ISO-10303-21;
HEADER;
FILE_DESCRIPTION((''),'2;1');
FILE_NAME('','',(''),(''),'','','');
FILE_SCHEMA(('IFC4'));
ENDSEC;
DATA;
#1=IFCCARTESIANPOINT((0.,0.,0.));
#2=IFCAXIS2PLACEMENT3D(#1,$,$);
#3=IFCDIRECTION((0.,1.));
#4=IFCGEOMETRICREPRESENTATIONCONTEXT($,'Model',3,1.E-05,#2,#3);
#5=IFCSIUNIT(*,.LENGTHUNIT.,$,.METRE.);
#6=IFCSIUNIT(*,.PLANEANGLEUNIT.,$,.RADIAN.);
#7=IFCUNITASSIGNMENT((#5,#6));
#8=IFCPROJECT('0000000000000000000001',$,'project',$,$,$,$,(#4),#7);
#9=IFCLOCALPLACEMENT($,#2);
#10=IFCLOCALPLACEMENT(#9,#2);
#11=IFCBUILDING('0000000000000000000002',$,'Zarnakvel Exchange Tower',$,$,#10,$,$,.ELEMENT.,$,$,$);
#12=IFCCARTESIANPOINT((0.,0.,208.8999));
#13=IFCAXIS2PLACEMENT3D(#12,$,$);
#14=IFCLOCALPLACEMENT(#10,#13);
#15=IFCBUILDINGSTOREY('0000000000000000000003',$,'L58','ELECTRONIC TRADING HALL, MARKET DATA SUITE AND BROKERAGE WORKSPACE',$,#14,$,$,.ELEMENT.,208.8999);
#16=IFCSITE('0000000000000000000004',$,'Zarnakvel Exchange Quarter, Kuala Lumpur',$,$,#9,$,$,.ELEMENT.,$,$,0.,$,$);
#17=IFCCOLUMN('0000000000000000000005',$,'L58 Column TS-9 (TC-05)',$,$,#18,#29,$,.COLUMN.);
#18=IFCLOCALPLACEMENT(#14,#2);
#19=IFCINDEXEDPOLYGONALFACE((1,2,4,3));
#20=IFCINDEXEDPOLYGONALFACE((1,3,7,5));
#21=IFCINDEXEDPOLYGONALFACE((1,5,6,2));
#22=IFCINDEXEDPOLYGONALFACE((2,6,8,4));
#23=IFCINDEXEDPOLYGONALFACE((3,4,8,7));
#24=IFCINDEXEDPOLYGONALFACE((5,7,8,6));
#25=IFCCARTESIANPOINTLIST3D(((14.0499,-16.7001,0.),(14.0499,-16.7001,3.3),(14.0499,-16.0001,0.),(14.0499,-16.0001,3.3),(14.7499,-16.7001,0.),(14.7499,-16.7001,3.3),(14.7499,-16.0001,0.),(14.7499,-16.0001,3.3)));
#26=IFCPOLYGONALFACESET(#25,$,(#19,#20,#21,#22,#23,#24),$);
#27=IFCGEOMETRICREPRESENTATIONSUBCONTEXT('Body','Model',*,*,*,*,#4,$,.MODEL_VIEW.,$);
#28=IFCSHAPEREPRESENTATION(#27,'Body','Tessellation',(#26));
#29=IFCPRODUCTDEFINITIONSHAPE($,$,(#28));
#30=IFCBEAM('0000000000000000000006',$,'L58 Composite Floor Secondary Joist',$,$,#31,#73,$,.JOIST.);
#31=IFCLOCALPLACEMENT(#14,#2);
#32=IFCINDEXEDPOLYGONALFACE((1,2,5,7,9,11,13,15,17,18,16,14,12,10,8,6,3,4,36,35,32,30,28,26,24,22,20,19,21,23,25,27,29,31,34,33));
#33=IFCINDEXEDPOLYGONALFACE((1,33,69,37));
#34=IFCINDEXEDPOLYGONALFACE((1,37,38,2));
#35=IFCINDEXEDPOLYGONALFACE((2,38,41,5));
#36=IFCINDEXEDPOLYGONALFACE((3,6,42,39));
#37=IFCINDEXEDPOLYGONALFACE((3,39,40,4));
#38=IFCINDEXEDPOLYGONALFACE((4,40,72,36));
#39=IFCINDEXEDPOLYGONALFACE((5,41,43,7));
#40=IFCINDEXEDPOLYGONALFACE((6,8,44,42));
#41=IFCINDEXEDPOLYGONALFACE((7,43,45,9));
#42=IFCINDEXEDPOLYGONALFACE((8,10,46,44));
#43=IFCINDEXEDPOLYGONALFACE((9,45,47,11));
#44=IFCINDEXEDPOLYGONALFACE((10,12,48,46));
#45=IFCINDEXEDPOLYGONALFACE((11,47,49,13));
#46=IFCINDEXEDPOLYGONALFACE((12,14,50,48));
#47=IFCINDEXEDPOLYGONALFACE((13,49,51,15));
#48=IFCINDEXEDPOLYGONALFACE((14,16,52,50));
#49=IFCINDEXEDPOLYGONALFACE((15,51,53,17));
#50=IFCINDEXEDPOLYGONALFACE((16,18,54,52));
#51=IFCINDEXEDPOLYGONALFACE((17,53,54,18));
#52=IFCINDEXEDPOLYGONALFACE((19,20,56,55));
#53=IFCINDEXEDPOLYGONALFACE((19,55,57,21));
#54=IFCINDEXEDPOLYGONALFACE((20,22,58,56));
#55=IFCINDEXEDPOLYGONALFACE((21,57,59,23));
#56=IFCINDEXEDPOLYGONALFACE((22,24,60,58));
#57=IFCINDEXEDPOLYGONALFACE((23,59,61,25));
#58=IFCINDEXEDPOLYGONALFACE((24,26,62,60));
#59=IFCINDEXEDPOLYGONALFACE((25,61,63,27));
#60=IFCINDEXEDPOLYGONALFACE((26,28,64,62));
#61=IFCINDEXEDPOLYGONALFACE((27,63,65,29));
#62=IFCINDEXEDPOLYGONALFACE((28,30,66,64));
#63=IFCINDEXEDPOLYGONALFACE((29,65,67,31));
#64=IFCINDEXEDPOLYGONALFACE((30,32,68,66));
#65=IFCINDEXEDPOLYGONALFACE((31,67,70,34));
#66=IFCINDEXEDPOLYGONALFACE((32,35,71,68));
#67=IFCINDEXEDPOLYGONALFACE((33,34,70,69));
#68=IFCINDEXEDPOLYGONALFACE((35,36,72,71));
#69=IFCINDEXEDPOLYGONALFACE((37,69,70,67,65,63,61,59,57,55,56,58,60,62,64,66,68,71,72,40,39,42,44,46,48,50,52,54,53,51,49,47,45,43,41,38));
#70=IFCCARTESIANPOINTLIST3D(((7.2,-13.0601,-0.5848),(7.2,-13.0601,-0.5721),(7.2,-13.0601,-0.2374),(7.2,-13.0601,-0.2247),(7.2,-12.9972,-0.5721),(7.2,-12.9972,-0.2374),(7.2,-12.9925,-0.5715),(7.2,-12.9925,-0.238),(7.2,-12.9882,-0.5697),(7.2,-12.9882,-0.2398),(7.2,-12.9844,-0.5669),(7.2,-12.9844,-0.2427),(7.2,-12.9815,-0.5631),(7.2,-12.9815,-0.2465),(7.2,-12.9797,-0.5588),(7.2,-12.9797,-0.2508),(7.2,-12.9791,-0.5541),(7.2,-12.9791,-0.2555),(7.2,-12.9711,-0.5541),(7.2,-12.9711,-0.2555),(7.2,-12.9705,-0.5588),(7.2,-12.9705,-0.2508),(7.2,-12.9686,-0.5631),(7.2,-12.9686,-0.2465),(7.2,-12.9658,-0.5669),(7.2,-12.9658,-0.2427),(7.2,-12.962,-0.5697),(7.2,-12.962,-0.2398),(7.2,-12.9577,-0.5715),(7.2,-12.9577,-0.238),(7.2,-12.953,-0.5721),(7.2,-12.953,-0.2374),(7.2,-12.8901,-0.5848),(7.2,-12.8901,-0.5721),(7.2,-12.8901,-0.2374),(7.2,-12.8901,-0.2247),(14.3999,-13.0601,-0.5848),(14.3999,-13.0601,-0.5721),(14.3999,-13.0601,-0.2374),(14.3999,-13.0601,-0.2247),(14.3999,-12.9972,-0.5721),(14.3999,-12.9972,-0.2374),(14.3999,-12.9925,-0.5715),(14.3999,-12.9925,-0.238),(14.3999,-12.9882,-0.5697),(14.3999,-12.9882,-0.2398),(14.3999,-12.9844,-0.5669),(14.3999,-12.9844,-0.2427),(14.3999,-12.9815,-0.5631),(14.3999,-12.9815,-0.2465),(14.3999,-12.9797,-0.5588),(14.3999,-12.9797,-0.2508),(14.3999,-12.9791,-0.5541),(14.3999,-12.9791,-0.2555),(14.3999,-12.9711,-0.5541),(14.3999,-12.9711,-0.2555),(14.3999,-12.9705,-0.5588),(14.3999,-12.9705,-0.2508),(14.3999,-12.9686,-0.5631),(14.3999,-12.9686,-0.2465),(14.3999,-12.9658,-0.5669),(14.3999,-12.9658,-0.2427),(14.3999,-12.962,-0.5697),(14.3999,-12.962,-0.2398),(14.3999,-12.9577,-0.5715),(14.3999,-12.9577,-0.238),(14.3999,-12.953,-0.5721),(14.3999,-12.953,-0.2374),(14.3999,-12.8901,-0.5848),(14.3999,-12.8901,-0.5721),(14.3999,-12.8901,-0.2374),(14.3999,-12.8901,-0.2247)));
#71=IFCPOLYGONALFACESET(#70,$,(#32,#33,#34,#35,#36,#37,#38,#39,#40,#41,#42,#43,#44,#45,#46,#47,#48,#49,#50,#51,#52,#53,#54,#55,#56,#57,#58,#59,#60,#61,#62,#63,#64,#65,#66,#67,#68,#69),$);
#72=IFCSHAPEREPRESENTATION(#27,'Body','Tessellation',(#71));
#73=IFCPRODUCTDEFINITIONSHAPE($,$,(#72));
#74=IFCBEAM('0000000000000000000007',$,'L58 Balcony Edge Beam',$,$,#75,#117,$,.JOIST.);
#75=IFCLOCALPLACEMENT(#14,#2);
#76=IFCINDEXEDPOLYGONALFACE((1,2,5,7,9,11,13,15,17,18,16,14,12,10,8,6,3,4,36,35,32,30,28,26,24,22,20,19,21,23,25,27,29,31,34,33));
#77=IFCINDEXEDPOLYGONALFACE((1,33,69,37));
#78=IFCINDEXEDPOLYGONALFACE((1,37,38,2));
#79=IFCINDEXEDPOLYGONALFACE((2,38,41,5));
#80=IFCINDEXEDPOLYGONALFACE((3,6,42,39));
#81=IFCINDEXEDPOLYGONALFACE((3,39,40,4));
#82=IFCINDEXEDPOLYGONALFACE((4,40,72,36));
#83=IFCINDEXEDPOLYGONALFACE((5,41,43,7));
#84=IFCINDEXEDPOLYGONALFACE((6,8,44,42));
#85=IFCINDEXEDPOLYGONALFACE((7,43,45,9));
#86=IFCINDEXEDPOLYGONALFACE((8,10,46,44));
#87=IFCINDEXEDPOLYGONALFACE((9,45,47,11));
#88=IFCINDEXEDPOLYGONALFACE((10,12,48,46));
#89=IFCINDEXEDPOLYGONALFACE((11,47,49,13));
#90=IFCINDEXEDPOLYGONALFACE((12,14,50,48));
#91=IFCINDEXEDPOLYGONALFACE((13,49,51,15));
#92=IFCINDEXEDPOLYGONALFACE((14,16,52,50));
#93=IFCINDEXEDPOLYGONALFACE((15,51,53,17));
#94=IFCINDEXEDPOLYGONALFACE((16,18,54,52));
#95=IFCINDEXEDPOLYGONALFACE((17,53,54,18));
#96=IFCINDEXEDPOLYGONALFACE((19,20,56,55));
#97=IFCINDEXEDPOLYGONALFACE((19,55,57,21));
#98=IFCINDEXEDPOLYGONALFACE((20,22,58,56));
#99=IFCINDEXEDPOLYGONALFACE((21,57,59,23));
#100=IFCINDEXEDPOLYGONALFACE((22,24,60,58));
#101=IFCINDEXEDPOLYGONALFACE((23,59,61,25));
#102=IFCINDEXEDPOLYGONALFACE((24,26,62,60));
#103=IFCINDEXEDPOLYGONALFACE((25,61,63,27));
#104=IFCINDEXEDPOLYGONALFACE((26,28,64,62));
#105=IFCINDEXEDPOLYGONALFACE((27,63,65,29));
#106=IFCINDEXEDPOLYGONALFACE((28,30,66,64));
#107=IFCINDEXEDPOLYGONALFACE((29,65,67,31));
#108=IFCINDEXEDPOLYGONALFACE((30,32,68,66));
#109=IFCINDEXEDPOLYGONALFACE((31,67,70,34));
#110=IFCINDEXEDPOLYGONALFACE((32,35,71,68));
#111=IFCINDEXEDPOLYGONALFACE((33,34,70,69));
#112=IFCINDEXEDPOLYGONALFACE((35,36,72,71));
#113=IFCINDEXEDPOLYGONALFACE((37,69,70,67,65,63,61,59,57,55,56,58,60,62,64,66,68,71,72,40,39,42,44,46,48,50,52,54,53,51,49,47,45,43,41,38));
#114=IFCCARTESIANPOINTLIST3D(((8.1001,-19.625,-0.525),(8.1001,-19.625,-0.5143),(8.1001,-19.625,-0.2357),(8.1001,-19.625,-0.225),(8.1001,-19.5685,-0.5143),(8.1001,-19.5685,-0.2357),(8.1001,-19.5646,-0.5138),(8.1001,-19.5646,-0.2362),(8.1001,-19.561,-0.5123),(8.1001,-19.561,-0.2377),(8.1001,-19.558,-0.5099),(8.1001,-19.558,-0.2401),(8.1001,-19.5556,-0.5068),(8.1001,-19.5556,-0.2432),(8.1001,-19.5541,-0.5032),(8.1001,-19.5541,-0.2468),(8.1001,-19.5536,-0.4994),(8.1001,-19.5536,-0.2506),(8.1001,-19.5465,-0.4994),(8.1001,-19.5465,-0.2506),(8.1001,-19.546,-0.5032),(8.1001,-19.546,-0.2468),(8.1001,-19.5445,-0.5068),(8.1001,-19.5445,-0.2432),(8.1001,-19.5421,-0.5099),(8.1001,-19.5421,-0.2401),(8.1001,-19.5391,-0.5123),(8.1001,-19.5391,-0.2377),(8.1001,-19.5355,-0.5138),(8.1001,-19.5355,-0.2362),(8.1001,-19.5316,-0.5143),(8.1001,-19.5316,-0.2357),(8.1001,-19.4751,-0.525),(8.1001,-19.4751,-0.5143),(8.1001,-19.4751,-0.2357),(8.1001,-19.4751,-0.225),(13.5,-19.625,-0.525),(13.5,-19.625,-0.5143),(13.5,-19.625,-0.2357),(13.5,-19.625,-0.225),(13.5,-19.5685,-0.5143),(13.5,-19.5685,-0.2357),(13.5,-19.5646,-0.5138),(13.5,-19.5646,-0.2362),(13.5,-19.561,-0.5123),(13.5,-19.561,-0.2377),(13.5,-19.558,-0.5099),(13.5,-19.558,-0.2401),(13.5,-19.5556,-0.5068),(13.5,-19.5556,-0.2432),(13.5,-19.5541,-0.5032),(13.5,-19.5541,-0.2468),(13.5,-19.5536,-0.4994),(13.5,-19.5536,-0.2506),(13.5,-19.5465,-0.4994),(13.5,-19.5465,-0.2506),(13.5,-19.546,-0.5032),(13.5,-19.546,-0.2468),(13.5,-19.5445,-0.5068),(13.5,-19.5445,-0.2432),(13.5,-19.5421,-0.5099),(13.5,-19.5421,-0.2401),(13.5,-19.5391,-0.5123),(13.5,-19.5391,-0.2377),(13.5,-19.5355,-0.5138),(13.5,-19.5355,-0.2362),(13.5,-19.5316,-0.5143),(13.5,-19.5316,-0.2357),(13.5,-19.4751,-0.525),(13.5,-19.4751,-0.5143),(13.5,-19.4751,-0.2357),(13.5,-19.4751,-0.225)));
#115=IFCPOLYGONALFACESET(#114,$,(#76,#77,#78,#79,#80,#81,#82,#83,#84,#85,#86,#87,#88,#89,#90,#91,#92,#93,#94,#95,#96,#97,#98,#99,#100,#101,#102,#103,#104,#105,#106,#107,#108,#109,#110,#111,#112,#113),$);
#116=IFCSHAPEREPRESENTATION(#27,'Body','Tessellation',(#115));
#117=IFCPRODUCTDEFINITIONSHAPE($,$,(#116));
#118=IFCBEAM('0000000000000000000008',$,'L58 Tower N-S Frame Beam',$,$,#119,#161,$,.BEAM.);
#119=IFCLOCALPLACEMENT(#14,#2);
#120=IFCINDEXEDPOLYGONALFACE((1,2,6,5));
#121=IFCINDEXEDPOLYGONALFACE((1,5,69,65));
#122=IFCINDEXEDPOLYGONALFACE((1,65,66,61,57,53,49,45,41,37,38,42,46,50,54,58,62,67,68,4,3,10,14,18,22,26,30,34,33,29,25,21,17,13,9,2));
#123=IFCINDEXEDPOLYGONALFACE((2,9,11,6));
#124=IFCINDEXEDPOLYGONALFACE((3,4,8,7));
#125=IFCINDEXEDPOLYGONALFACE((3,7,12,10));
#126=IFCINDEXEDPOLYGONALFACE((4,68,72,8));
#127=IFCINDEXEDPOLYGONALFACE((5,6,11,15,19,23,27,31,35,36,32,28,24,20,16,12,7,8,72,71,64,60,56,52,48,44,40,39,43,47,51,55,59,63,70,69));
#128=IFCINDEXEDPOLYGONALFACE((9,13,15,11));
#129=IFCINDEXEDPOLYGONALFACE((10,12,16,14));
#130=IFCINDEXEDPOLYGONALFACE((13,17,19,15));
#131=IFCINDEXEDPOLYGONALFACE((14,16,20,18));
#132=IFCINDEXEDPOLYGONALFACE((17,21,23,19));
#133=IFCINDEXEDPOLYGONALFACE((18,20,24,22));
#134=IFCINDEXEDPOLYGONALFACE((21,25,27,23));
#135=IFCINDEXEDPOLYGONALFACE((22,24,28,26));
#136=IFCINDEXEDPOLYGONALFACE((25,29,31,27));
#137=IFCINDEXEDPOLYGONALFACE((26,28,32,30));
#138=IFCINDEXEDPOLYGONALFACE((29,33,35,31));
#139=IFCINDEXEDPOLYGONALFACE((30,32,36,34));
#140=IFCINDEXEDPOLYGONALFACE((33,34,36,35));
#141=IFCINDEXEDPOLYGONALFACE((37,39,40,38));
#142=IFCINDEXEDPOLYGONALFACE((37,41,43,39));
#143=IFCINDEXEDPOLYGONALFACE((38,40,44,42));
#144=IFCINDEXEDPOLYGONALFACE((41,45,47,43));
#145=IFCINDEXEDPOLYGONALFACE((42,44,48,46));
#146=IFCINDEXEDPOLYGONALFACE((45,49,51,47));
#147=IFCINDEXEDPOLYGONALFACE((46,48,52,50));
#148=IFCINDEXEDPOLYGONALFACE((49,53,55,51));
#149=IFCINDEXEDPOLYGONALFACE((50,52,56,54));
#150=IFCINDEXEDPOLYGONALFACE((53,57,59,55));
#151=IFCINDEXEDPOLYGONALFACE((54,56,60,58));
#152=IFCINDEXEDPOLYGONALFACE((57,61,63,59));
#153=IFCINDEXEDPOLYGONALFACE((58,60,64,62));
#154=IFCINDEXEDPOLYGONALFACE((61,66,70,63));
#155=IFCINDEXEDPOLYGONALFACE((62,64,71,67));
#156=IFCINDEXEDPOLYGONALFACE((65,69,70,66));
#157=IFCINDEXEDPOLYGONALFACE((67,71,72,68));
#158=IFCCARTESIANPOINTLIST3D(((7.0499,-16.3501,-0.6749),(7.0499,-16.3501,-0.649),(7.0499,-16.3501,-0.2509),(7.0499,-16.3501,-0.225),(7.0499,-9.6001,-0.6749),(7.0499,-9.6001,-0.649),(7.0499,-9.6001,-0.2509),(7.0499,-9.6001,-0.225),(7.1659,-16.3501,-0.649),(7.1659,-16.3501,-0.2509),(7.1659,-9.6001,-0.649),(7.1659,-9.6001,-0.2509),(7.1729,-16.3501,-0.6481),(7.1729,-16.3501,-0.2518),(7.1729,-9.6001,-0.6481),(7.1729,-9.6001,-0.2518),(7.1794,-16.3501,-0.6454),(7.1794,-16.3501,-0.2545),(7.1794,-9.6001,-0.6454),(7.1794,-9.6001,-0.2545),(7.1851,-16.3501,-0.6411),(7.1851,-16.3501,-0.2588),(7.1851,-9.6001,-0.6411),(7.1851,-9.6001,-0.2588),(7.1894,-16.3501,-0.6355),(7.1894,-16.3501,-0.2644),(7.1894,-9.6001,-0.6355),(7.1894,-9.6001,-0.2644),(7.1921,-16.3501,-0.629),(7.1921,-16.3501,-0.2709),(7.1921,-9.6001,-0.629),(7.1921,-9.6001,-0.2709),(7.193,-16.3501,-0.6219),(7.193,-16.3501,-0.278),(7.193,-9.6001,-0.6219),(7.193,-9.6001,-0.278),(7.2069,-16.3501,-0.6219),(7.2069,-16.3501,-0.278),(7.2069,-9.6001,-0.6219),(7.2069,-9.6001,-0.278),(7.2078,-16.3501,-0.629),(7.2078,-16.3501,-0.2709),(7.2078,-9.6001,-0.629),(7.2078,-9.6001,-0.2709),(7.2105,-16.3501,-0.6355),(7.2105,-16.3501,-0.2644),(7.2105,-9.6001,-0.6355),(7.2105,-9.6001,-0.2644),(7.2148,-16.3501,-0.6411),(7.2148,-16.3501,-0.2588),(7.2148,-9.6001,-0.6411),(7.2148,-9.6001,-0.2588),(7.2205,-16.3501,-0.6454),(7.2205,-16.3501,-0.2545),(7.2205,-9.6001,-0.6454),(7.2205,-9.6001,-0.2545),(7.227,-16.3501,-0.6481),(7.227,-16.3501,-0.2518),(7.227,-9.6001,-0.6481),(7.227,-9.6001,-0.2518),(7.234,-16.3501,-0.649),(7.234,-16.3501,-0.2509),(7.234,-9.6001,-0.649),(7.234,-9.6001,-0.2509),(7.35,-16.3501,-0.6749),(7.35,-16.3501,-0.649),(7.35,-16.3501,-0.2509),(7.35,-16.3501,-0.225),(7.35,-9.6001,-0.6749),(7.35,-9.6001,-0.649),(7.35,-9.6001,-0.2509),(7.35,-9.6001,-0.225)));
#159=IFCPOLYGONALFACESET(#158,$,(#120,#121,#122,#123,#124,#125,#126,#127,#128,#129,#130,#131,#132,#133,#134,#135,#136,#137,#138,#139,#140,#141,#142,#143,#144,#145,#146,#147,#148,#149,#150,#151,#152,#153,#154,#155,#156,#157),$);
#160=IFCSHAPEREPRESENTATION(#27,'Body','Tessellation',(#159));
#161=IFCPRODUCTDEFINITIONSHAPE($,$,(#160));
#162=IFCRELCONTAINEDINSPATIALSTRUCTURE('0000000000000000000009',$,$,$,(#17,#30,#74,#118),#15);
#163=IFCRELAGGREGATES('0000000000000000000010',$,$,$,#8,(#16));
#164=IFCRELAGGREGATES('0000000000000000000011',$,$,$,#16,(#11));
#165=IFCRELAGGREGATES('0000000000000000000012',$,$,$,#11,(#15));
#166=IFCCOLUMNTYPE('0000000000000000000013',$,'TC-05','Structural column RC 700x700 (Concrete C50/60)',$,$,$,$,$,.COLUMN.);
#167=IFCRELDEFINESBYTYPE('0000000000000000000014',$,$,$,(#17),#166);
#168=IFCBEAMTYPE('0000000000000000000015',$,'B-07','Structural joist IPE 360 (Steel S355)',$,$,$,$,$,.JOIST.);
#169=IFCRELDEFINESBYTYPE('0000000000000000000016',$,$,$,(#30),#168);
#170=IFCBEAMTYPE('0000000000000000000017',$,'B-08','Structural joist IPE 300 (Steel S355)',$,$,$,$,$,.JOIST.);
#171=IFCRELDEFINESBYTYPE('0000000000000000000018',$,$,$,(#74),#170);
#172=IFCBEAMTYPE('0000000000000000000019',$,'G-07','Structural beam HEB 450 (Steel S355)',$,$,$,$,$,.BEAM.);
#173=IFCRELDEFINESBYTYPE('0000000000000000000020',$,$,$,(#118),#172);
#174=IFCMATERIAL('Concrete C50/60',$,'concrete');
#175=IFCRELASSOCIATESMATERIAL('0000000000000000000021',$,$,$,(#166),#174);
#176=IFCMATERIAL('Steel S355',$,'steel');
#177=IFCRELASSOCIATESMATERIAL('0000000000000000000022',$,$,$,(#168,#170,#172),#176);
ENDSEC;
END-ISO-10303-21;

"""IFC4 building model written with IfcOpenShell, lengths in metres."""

from ifc_helpers import new_model, si_unit, direction, frame, origin, origin_2d, place, context, subcontext, project, spatial, rectangle, i_section, extrude, material, material_profile, profile_set, type_object, element, save


model = new_model("IFC4")

# Units and contexts
model_context = context("Model", 3, precision=1e-05, world=origin(), true_north=direction((0.0, 1.0)))
body_context = subcontext(model_context, "Body", "Model", "MODEL_VIEW")
ifc_project = project(units=[si_unit("LENGTHUNIT", "METRE"), si_unit("PLANEANGLEUNIT", "RADIAN")], contexts=[model_context])

# Site, building, storey
site_placement = place(None, origin())
site = spatial("IfcSite", under=ifc_project, at=site_placement, Name="Zarnakvel Exchange Quarter, Kuala Lumpur", CompositionType="ELEMENT", RefElevation=0.0)
building_placement = place(site_placement, origin())
building = spatial("IfcBuilding", under=site, at=building_placement, Name="Zarnakvel Exchange Tower", CompositionType="ELEMENT")
storey_placement = place(building_placement, frame((0.0, 0.0, 208.8999)))
storey = spatial("IfcBuildingStorey", under=building, at=storey_placement, Name="L58", Description="ELECTRONIC TRADING HALL, MARKET DATA SUITE AND BROKERAGE WORKSPACE", CompositionType="ELEMENT", Elevation=208.8999)

# Column
ifc_material_1 = material(Name="Concrete C50/60", Category="concrete")
ifc_material_profile_1 = material_profile(ifc_material_1, rectangle(XDim=0.7, YDim=0.7, at=origin_2d()))
ifc_profile_set_1 = profile_set([ifc_material_profile_1], Name="Concrete C50/60")
column_type = type_object("IfcColumnType", Name="TC-05", Description="Structural column RC 700x700 (Concrete C50/60)", PredefinedType="COLUMN", material=ifc_profile_set_1)
column_placement = place(storey_placement, frame((14.3999, -16.3501, 0.0), z_axis=(0.0, 0.0, 1.0), x_axis=(1.0, 0.0, 0.0)))
element("IfcColumn", 1, at=column_placement, inside=storey, type_object=column_type, Name="L58 Column TS-9 (TC-05)", PredefinedType="COLUMN", context=body_context, shape_type="SweptSolid", body=[
    extrude(rectangle(XDim=0.7, YDim=0.7, at=origin_2d()), origin(), (0.0, 0.0, 1.0), 3.3),
])

# Beams
ifc_material_2 = material(Name="Steel S355", Category="steel")
ifc_material_profile_2 = material_profile(ifc_material_2, i_section(OverallWidth=0.1699, OverallDepth=0.3601, WebThickness=0.0081, FlangeThickness=0.0127, FilletRadius=0.0181, at=origin_2d()))
ifc_profile_set_2 = profile_set([ifc_material_profile_2], Name="Steel S355")
beam_type_1 = type_object("IfcBeamType", Name="B-07", Description="Structural joist IPE 360 (Steel S355)", PredefinedType="JOIST", material=ifc_profile_set_2)
beam_1_placement = place(storey_placement, frame((7.2, -12.9751, -0.4048), z_axis=(1.0, 0.0, 0.0), x_axis=(0.0, 1.0, 0.0)))
element("IfcBeam", 2, at=beam_1_placement, inside=storey, type_object=beam_type_1, Name="L58 Composite Floor Secondary Joist", PredefinedType="JOIST", context=body_context, shape_type="SweptSolid", body=[
    extrude(i_section(OverallWidth=0.1699, OverallDepth=0.3601, WebThickness=0.0081, FlangeThickness=0.0127, FilletRadius=0.0181, at=origin_2d()), origin(), (0.0, 0.0, 1.0), 7.2),
])
ifc_material_profile_3 = material_profile(ifc_material_2, i_section(OverallWidth=0.1499, OverallDepth=0.3, WebThickness=0.0071, FlangeThickness=0.0107, FilletRadius=0.0149, at=origin_2d()))
ifc_profile_set_3 = profile_set([ifc_material_profile_3], Name="Steel S355")
beam_type_2 = type_object("IfcBeamType", Name="B-08", Description="Structural joist IPE 300 (Steel S355)", PredefinedType="JOIST", material=ifc_profile_set_3)
beam_2_placement = place(storey_placement, frame((8.1001, -19.55, -0.375), z_axis=(1.0, 0.0, 0.0), x_axis=(0.0, 1.0, 0.0)))
element("IfcBeam", 3, at=beam_2_placement, inside=storey, type_object=beam_type_2, Name="L58 Balcony Edge Beam", PredefinedType="JOIST", context=body_context, shape_type="SweptSolid", body=[
    extrude(i_section(OverallWidth=0.1499, OverallDepth=0.3, WebThickness=0.0071, FlangeThickness=0.0107, FilletRadius=0.0149, at=origin_2d()), origin(), (0.0, 0.0, 1.0), 5.3999),
])
ifc_material_profile_4 = material_profile(ifc_material_2, i_section(OverallWidth=0.3, OverallDepth=0.45, WebThickness=0.0139, FlangeThickness=0.0259, FilletRadius=0.0271, at=origin_2d()))
ifc_profile_set_4 = profile_set([ifc_material_profile_4], Name="Steel S355")
beam_type_3 = type_object("IfcBeamType", Name="G-07", Description="Structural beam HEB 450 (Steel S355)", PredefinedType="BEAM", material=ifc_profile_set_4)
for number, where, z_axis, x_axis, name in (
    (4, (7.2, -16.3501, -0.45), (0.0, 1.0, 0.0), (-1.0, 0.0, 0.0), "L58 Tower N-S Frame Beam"),
):
    element("IfcBeam", number, at=place(storey_placement, frame(where, z_axis=z_axis, x_axis=x_axis)), inside=storey, type_object=beam_type_3, Name=name, PredefinedType="BEAM", context=body_context, shape_type="SweptSolid", body=[
        extrude(i_section(OverallWidth=0.3, OverallDepth=0.45, WebThickness=0.0139, FlangeThickness=0.0259, FilletRadius=0.0271, at=origin_2d()), origin(), (0.0, 0.0, 1.0), 6.75),
    ])

save(model, "model.ifc")
